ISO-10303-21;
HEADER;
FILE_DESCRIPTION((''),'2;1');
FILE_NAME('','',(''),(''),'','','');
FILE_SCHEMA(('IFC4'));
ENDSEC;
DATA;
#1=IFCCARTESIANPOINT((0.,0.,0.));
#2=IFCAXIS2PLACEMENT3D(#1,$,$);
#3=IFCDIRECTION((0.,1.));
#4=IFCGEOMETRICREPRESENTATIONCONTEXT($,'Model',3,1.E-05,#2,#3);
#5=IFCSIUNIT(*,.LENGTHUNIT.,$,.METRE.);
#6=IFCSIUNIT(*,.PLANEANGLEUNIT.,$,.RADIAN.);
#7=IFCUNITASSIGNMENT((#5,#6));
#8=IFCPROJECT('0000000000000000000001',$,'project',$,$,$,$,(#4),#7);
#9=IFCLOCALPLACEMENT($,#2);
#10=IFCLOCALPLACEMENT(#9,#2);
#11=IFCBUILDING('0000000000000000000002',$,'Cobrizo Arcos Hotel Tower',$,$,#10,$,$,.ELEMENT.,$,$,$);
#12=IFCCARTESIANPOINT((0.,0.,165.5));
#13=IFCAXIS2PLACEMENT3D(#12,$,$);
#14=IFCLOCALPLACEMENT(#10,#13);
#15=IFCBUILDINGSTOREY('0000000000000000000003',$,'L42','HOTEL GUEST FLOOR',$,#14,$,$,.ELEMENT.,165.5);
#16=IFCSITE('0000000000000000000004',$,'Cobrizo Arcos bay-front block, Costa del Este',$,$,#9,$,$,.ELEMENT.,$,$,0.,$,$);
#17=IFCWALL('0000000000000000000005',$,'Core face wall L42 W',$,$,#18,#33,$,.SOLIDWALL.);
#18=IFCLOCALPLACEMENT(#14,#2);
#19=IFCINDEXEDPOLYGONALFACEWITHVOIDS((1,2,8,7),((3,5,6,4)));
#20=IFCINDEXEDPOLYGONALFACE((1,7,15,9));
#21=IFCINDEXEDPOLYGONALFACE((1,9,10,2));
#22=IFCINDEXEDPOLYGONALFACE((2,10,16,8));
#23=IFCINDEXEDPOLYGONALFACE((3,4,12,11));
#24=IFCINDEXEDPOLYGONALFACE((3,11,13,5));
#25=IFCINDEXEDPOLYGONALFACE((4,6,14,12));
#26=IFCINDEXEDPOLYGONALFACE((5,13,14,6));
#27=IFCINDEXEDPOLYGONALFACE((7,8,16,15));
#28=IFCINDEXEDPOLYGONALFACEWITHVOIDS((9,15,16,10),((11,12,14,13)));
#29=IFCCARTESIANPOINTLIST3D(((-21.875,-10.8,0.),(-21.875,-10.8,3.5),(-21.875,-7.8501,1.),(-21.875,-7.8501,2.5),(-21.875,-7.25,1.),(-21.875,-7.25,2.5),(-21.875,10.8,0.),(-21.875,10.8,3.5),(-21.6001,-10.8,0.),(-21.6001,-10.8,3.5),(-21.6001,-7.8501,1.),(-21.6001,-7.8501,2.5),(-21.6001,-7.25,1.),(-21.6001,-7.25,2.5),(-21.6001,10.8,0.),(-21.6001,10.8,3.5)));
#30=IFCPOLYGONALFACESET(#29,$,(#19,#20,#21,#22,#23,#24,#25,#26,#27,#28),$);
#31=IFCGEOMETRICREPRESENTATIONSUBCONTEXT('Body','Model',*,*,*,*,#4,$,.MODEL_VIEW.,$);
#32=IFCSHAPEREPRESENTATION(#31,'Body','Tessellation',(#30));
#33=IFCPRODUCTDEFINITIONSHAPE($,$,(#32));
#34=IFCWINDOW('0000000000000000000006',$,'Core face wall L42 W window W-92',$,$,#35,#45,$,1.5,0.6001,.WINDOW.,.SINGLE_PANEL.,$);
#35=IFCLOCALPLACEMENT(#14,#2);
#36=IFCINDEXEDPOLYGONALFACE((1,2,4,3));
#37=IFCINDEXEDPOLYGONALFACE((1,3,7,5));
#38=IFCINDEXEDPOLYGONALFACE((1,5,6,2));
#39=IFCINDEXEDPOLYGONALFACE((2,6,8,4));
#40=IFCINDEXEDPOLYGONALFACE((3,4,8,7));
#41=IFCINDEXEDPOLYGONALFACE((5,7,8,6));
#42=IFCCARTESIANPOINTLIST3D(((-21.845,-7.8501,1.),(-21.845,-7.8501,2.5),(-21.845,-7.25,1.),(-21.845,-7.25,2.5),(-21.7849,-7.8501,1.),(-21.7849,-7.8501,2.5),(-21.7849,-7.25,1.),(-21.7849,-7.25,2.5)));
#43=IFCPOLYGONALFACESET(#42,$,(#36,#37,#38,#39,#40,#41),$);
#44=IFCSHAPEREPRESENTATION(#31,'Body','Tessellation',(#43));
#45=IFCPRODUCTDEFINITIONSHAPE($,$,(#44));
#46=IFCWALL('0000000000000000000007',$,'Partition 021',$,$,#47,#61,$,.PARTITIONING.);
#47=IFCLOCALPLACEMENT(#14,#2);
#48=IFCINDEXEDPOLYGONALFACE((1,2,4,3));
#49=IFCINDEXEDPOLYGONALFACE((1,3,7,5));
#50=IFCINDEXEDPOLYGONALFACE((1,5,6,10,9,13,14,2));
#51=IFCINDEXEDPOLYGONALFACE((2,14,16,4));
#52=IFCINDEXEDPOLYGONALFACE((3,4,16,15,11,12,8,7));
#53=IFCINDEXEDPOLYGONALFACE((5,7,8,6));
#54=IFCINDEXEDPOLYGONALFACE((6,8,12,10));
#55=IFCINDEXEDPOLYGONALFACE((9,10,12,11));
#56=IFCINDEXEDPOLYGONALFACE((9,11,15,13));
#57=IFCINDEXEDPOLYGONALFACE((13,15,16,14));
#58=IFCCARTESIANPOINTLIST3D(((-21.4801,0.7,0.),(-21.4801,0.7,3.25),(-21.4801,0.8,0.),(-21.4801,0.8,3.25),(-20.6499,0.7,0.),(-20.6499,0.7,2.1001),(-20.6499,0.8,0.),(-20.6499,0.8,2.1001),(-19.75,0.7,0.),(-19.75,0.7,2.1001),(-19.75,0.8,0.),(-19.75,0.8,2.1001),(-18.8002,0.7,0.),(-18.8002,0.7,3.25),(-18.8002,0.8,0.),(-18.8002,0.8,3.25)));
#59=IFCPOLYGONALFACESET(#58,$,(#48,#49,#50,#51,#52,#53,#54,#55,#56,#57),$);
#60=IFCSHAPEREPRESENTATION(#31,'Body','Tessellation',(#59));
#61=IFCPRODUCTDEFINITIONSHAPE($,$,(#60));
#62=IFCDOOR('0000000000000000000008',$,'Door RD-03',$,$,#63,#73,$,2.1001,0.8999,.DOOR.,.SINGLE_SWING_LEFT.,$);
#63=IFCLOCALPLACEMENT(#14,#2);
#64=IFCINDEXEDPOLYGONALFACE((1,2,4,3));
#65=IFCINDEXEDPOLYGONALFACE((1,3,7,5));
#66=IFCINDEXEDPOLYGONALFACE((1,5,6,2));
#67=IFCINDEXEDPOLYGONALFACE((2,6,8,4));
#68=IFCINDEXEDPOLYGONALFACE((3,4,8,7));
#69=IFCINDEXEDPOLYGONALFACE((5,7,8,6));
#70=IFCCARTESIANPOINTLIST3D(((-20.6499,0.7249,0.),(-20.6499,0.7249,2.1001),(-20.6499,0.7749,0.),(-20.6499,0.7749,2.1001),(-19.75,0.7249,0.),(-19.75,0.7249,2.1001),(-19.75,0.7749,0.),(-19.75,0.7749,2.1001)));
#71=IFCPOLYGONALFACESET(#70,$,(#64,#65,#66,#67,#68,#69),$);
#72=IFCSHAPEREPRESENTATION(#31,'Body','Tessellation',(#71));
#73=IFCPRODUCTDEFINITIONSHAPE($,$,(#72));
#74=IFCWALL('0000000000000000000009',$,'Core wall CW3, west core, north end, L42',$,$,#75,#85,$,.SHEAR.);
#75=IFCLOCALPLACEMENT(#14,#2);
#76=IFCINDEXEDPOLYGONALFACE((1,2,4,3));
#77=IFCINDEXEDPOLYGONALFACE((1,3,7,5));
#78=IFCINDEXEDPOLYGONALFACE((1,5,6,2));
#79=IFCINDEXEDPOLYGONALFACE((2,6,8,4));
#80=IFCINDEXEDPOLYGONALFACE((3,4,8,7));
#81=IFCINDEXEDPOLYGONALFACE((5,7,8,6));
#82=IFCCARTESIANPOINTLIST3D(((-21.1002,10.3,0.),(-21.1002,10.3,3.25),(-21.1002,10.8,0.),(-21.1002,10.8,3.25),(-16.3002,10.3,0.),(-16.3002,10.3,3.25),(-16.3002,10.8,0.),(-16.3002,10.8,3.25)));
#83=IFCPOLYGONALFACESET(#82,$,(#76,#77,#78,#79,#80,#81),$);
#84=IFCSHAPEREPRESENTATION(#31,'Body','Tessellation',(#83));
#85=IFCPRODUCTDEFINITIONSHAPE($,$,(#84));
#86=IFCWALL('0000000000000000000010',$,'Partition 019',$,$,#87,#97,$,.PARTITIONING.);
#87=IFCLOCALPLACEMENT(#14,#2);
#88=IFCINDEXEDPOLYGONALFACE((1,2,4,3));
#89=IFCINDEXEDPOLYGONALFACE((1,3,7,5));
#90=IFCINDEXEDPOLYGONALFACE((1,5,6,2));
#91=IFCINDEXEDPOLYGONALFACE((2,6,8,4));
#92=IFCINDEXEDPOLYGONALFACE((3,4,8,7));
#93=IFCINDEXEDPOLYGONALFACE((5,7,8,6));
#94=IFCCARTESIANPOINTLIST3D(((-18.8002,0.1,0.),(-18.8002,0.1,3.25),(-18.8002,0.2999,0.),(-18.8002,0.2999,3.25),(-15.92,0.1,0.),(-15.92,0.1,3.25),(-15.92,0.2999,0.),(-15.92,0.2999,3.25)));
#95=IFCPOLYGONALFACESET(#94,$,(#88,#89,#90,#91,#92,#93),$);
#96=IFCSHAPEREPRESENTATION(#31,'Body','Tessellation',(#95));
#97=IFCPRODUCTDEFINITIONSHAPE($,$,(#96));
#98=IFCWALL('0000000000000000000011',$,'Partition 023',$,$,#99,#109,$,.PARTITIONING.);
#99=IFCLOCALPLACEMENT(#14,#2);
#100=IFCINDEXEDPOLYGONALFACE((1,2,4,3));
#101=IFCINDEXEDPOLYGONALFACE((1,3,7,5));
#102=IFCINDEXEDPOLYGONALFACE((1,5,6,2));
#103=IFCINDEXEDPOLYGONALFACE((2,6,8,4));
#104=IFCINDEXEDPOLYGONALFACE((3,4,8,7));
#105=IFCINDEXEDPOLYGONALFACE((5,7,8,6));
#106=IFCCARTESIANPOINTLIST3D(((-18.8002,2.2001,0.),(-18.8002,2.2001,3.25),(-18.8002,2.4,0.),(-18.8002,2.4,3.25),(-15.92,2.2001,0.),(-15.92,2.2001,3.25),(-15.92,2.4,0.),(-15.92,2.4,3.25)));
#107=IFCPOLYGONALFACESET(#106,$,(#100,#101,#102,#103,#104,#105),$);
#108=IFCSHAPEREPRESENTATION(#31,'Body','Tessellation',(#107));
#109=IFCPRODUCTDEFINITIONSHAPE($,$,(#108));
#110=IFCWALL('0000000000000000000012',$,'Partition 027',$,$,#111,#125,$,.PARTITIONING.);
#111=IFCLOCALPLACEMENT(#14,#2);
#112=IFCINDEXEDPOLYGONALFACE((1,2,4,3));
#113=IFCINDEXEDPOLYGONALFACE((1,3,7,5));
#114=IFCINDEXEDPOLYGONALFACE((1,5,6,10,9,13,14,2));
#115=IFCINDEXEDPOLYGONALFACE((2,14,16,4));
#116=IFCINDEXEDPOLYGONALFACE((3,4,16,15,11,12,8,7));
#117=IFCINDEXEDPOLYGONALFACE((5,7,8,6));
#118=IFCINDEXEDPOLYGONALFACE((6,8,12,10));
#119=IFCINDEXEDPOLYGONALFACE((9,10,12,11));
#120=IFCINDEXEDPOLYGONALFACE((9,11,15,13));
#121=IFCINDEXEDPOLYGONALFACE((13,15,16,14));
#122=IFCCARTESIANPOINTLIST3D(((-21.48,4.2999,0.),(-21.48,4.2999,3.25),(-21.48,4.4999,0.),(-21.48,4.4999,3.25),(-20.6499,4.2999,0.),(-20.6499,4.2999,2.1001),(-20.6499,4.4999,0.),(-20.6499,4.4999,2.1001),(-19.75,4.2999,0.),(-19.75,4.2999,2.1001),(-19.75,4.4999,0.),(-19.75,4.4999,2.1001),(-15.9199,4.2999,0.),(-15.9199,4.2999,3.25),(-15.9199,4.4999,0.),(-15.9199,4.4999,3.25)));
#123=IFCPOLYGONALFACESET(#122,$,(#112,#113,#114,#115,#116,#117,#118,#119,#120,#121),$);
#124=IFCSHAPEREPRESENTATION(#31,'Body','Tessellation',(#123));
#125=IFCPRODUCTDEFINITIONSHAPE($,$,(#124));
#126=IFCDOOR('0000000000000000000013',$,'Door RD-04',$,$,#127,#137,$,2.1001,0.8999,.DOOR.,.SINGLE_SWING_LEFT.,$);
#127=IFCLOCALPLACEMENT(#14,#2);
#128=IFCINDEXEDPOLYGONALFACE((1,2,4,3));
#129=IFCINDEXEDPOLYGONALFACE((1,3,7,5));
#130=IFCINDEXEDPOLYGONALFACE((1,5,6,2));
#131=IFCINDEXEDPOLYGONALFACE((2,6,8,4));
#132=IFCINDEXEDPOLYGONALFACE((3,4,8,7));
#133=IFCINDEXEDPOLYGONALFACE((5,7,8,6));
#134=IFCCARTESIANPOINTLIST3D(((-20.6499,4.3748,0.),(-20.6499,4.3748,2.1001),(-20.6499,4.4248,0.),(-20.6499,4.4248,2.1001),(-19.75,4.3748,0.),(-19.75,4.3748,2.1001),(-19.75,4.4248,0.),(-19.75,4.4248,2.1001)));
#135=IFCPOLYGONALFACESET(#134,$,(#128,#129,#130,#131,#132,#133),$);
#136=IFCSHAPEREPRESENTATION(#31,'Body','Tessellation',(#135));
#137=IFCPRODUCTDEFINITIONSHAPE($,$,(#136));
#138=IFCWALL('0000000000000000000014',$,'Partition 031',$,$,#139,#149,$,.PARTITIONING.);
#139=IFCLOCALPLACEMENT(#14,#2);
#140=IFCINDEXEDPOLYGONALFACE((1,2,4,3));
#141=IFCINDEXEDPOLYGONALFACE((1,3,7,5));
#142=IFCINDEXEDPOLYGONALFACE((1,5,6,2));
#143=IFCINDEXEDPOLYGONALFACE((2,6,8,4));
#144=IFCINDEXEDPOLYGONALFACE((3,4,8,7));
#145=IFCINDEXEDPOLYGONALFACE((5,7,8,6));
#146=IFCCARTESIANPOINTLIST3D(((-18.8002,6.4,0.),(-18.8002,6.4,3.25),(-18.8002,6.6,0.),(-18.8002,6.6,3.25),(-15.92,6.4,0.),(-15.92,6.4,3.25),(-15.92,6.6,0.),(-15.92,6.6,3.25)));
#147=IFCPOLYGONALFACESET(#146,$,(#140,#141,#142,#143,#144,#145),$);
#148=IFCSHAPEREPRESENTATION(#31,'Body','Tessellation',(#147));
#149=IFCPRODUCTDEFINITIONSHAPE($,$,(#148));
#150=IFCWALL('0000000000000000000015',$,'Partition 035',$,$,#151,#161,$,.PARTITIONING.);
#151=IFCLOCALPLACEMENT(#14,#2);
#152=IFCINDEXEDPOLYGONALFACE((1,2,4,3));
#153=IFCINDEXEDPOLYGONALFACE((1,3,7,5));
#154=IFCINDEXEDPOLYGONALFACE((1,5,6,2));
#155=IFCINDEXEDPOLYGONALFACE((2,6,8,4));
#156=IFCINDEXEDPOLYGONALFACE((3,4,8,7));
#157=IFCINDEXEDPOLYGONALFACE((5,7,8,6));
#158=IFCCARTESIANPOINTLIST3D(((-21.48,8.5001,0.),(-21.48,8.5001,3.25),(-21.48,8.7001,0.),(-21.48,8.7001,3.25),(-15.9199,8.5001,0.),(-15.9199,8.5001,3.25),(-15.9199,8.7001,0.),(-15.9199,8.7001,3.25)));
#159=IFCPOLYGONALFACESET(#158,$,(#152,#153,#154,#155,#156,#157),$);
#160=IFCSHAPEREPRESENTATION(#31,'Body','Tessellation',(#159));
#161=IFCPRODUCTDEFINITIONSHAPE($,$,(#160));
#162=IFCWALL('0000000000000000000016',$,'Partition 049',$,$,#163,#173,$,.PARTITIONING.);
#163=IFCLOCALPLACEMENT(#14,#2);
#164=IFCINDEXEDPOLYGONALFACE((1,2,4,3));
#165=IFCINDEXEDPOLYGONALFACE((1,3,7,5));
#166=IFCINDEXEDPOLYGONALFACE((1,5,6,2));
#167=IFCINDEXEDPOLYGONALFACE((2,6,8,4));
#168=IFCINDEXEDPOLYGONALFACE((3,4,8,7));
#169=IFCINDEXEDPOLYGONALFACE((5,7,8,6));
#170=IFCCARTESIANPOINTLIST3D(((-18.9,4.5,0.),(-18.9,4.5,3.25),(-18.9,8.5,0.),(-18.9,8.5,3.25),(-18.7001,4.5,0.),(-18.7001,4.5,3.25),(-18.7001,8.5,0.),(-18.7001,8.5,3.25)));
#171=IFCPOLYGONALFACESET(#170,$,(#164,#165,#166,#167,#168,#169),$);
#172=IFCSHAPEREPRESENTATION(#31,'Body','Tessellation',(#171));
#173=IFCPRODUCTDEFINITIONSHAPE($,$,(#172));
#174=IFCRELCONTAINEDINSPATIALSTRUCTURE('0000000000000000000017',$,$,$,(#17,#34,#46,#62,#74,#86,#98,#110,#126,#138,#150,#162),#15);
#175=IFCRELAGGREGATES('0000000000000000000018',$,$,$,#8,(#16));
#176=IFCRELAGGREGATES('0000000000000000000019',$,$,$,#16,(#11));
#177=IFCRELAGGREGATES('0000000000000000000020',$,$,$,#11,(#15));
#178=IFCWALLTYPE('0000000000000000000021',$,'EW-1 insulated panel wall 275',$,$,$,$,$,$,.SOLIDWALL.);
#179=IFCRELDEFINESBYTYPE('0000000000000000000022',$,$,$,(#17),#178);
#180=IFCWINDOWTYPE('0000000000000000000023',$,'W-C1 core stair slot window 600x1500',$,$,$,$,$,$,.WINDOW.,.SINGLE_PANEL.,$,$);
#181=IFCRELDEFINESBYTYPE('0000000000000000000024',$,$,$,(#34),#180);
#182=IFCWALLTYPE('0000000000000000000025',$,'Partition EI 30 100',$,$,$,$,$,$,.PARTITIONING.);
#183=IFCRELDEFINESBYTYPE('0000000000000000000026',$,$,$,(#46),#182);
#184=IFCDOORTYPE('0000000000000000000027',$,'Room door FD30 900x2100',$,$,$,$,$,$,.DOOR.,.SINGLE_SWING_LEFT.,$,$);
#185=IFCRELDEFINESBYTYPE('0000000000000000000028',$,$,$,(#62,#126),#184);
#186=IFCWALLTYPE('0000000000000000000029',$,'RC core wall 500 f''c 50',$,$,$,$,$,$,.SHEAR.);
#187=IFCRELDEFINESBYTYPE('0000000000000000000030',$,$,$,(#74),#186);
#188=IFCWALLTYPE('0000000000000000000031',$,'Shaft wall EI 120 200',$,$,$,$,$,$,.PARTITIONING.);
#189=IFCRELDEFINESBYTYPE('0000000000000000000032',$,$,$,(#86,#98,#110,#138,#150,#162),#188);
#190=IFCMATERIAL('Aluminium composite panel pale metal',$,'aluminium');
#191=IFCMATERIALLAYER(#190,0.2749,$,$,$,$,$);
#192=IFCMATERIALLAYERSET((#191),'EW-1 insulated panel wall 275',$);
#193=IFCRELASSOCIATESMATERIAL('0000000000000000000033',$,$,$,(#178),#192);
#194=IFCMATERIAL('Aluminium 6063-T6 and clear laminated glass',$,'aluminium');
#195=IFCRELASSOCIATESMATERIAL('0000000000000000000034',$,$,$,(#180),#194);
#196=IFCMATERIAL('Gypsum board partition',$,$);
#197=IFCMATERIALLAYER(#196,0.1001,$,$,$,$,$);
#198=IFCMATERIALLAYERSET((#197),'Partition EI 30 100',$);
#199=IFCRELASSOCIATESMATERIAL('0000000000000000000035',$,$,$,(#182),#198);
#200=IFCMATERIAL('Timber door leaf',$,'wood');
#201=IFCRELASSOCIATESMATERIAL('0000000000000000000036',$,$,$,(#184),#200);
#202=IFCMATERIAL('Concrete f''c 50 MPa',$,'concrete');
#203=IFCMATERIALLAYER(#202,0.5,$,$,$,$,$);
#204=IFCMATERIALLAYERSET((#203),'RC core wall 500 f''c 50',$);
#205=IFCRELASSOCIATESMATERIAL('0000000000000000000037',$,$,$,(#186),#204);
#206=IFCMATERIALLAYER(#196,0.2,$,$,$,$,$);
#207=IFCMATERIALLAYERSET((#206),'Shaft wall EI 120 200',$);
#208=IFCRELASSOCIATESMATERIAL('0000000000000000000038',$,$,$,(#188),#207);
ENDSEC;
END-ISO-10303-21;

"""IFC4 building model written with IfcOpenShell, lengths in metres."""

from ifc_helpers import new_model, si_unit, direction, frame, frame_2d, origin, place, context, subcontext, project, spatial, rectangle, extrude, material, layer, layer_set, type_object, element, fill, save


model = new_model("IFC4")

# Units and contexts
model_context = context("Model", 3, precision=1e-05, world=origin(), true_north=direction((0.0, 1.0)))
body_context = subcontext(model_context, "Body", "Model", "MODEL_VIEW")
ifc_project = project(units=[si_unit("LENGTHUNIT", "METRE"), si_unit("PLANEANGLEUNIT", "RADIAN")], contexts=[model_context])

# Site, building, storey
site_placement = place(None, origin())
site = spatial("IfcSite", under=ifc_project, at=site_placement, Name="Cobrizo Arcos bay-front block, Costa del Este", CompositionType="ELEMENT", RefElevation=0.0)
building_placement = place(site_placement, origin())
building = spatial("IfcBuilding", under=site, at=building_placement, Name="Cobrizo Arcos Hotel Tower", CompositionType="ELEMENT")
storey_placement = place(building_placement, frame((0.0, 0.0, 165.5)))
storey = spatial("IfcBuildingStorey", under=building, at=storey_placement, Name="L42", Description="HOTEL GUEST FLOOR", CompositionType="ELEMENT", Elevation=165.5)

# Shared definitions
ifc_material_1 = material(Name="Aluminium composite panel pale metal", Category="aluminium")

# Wall, opening, window
ifc_layer_1 = layer(ifc_material_1, 0.2749)
ifc_layer_set_1 = layer_set([ifc_layer_1], Name="EW-1 insulated panel wall 275")
wall_type_1 = type_object("IfcWallType", Name="EW-1 insulated panel wall 275", PredefinedType="SOLIDWALL", material=ifc_layer_set_1)
wall_1_placement = place(storey_placement, frame((-21.7375, 10.8, 0.0), z_axis=(0.0, 0.0, 1.0), x_axis=(0.0, -1.0, 0.0)))
wall_1 = element("IfcWall", 1, at=wall_1_placement, inside=storey, type_object=wall_type_1, Name="Core face wall L42 W", PredefinedType="SOLIDWALL", context=body_context, shape_type="SweptSolid", body=[
    extrude(rectangle(XDim=21.6001, YDim=0.2749, at=frame_2d((10.8, 0.0))), origin(), (0.0, 0.0, 1.0), 3.5),
])
opening_1_placement = place(wall_1_placement, frame((18.05, 0.0, 1.0)))
opening_1 = element("IfcOpeningElement", 2, at=opening_1_placement, cuts=wall_1, PredefinedType="OPENING", context=body_context, shape_type="SweptSolid", body=[
    extrude(rectangle(XDim=0.6001, YDim=1.5, at=frame_2d((0.3, 0.75))), frame((0.0, 0.1494, 0.0), z_axis=(0.0, -1.0, 0.0), x_axis=(1.0, 0.0, 0.0)), (0.0, 0.0, 1.0), 0.2988),
])
ifc_material_2 = material(Name="Aluminium 6063-T6 and clear laminated glass", Category="aluminium")
window_type = type_object("IfcWindowType", Name="W-C1 core stair slot window 600x1500", PartitioningType="SINGLE_PANEL", PredefinedType="WINDOW", material=ifc_material_2)
window_placement = place(opening_1_placement, origin())
window = element("IfcWindow", 3, at=window_placement, inside=storey, type_object=window_type, Name="Core face wall L42 W window W-92", OverallHeight=1.5, OverallWidth=0.6001, PartitioningType="SINGLE_PANEL", PredefinedType="WINDOW", context=body_context, shape_type="SweptSolid", body=[
    extrude(rectangle(XDim=0.6001, YDim=1.5, at=frame_2d((0.3, 0.75))), frame((0.0, -0.0474, 0.0), z_axis=(0.0, -1.0, 0.0), x_axis=(1.0, 0.0, 0.0)), (0.0, 0.0, 1.0), 0.0601),
])
fill(opening_1, window)

# Wall, opening, door
ifc_material_3 = material(Name="Gypsum board partition")
ifc_layer_2 = layer(ifc_material_3, 0.1001)
ifc_layer_set_2 = layer_set([ifc_layer_2], Name="Partition EI 30 100")
wall_type_2 = type_object("IfcWallType", Name="Partition EI 30 100", PredefinedType="PARTITIONING", material=ifc_layer_set_2)
wall_2_placement = place(storey_placement, frame((-21.48, 0.75, 0.0), z_axis=(0.0, 0.0, 1.0), x_axis=(1.0, 0.0, 0.0)))
wall_2 = element("IfcWall", 4, at=wall_2_placement, inside=storey, type_object=wall_type_2, Name="Partition 021", PredefinedType="PARTITIONING", context=body_context, shape_type="SweptSolid", body=[
    extrude(rectangle(XDim=2.6799, YDim=0.1001, at=frame_2d((1.3398, 0.0))), origin(), (0.0, 0.0, 1.0), 3.25),
])
opening_2_placement = place(wall_2_placement, frame((0.8301, 0.0, 0.0)))
opening_2 = element("IfcOpeningElement", 5, at=opening_2_placement, cuts=wall_2, PredefinedType="OPENING", context=body_context, shape_type="SweptSolid", body=[
    extrude(rectangle(XDim=0.8999, YDim=2.1001, at=frame_2d((0.45, 1.05))), frame((0.0, 0.062, 0.0), z_axis=(0.0, -1.0, 0.0), x_axis=(1.0, 0.0, 0.0)), (0.0, 0.0, 1.0), 0.124),
])
ifc_material_4 = material(Name="Timber door leaf", Category="wood")
door_type = type_object("IfcDoorType", Name="Room door FD30 900x2100", OperationType="SINGLE_SWING_LEFT", PredefinedType="DOOR", material=ifc_material_4)
door_1_placement = place(opening_2_placement, origin())
door_1 = element("IfcDoor", 6, at=door_1_placement, inside=storey, type_object=door_type, Name="Door RD-03", OperationType="SINGLE_SWING_LEFT", OverallHeight=2.1001, OverallWidth=0.8999, PredefinedType="DOOR", context=body_context, shape_type="SweptSolid", body=[
    extrude(rectangle(XDim=0.8999, YDim=2.1001, at=frame_2d((0.45, 1.05))), frame((0.0, 0.0249, 0.0), z_axis=(0.0, -1.0, 0.0), x_axis=(1.0, 0.0, 0.0)), (0.0, 0.0, 1.0), 0.05),
])
fill(opening_2, door_1)

# Walls
ifc_material_5 = material(Name="Concrete f'c 50 MPa", Category="concrete")
ifc_layer_3 = layer(ifc_material_5, 0.5)
ifc_layer_set_3 = layer_set([ifc_layer_3], Name="RC core wall 500 f'c 50")
wall_type_3 = type_object("IfcWallType", Name="RC core wall 500 f'c 50", PredefinedType="SHEAR", material=ifc_layer_set_3)
wall_3_placement = place(storey_placement, frame((-21.1001, 10.55, 0.0), z_axis=(0.0, 0.0, 1.0), x_axis=(1.0, 0.0, 0.0)))
element("IfcWall", 7, at=wall_3_placement, inside=storey, type_object=wall_type_3, Name="Core wall CW3, west core, north end, L42", PredefinedType="SHEAR", context=body_context, shape_type="SweptSolid", body=[
    extrude(rectangle(XDim=4.8, YDim=0.5, at=frame_2d((2.3999, 0.0))), origin(), (0.0, 0.0, 1.0), 3.25),
])
ifc_layer_4 = layer(ifc_material_3, 0.2)
ifc_layer_set_4 = layer_set([ifc_layer_4], Name="Shaft wall EI 120 200")
wall_type_4 = type_object("IfcWallType", Name="Shaft wall EI 120 200", PredefinedType="PARTITIONING", material=ifc_layer_set_4)
for number, where, z_axis, x_axis, name in (
    (8, (-18.8, 0.2, 0.0), (0.0, 0.0, 1.0), (1.0, 0.0, 0.0), "Partition 019"),
    (9, (-18.8, 2.3, 0.0), (0.0, 0.0, 1.0), (1.0, 0.0, 0.0), "Partition 023"),
):
    element("IfcWall", number, at=place(storey_placement, frame(where, z_axis=z_axis, x_axis=x_axis)), inside=storey, type_object=wall_type_4, Name=name, PredefinedType="PARTITIONING", context=body_context, shape_type="SweptSolid", body=[
        extrude(rectangle(XDim=2.8801, YDim=0.2, at=frame_2d((1.4399, 0.0))), origin(), (0.0, 0.0, 1.0), 3.25),
    ])

# Wall, opening, door
wall_4_placement = place(storey_placement, frame((-21.48, 4.3999, 0.0), z_axis=(0.0, 0.0, 1.0), x_axis=(1.0, 0.0, 0.0)))
wall_4 = element("IfcWall", 10, at=wall_4_placement, inside=storey, type_object=wall_type_4, Name="Partition 027", PredefinedType="PARTITIONING", context=body_context, shape_type="SweptSolid", body=[
    extrude(rectangle(XDim=5.5601, YDim=0.2, at=frame_2d((2.78, 0.0))), origin(), (0.0, 0.0, 1.0), 3.25),
])
opening_3_placement = place(wall_4_placement, frame((0.8301, 0.0, 0.0)))
opening_3 = element("IfcOpeningElement", 11, at=opening_3_placement, cuts=wall_4, PredefinedType="OPENING", context=body_context, shape_type="SweptSolid", body=[
    extrude(rectangle(XDim=0.8999, YDim=2.1001, at=frame_2d((0.45, 1.05))), frame((0.0, 0.1121, 0.0), z_axis=(0.0, -1.0, 0.0), x_axis=(1.0, 0.0, 0.0)), (0.0, 0.0, 1.0), 0.2239),
])
door_2_placement = place(opening_3_placement, origin())
door_2 = element("IfcDoor", 12, at=door_2_placement, inside=storey, type_object=door_type, Name="Door RD-04", OperationType="SINGLE_SWING_LEFT", OverallHeight=2.1001, OverallWidth=0.8999, PredefinedType="DOOR", context=body_context, shape_type="SweptSolid", body=[
    extrude(rectangle(XDim=0.8999, YDim=2.1001, at=frame_2d((0.45, 1.05))), frame((0.0, 0.0249, 0.0), z_axis=(0.0, -1.0, 0.0), x_axis=(1.0, 0.0, 0.0)), (0.0, 0.0, 1.0), 0.05),
])
fill(opening_3, door_2)

# Walls
wall_5_placement = place(storey_placement, frame((-18.8, 6.5, 0.0), z_axis=(0.0, 0.0, 1.0), x_axis=(1.0, 0.0, 0.0)))
element("IfcWall", 13, at=wall_5_placement, inside=storey, type_object=wall_type_4, Name="Partition 031", PredefinedType="PARTITIONING", context=body_context, shape_type="SweptSolid", body=[
    extrude(rectangle(XDim=2.8801, YDim=0.2, at=frame_2d((1.4399, 0.0))), origin(), (0.0, 0.0, 1.0), 3.25),
])
wall_6_placement = place(storey_placement, frame((-21.48, 8.6001, 0.0), z_axis=(0.0, 0.0, 1.0), x_axis=(1.0, 0.0, 0.0)))
element("IfcWall", 14, at=wall_6_placement, inside=storey, type_object=wall_type_4, Name="Partition 035", PredefinedType="PARTITIONING", context=body_context, shape_type="SweptSolid", body=[
    extrude(rectangle(XDim=5.5601, YDim=0.2, at=frame_2d((2.78, 0.0))), origin(), (0.0, 0.0, 1.0), 3.25),
])
wall_7_placement = place(storey_placement, frame((-18.8, 4.5, 0.0), z_axis=(0.0, 0.0, 1.0), x_axis=(0.0, 1.0, 0.0)))
element("IfcWall", 15, at=wall_7_placement, inside=storey, type_object=wall_type_4, Name="Partition 049", PredefinedType="PARTITIONING", context=body_context, shape_type="SweptSolid", body=[
    extrude(rectangle(XDim=4.0, YDim=0.2, at=frame_2d((2.0, 0.0))), origin(), (0.0, 0.0, 1.0), 3.25),
])

save(model, "model.ifc")
